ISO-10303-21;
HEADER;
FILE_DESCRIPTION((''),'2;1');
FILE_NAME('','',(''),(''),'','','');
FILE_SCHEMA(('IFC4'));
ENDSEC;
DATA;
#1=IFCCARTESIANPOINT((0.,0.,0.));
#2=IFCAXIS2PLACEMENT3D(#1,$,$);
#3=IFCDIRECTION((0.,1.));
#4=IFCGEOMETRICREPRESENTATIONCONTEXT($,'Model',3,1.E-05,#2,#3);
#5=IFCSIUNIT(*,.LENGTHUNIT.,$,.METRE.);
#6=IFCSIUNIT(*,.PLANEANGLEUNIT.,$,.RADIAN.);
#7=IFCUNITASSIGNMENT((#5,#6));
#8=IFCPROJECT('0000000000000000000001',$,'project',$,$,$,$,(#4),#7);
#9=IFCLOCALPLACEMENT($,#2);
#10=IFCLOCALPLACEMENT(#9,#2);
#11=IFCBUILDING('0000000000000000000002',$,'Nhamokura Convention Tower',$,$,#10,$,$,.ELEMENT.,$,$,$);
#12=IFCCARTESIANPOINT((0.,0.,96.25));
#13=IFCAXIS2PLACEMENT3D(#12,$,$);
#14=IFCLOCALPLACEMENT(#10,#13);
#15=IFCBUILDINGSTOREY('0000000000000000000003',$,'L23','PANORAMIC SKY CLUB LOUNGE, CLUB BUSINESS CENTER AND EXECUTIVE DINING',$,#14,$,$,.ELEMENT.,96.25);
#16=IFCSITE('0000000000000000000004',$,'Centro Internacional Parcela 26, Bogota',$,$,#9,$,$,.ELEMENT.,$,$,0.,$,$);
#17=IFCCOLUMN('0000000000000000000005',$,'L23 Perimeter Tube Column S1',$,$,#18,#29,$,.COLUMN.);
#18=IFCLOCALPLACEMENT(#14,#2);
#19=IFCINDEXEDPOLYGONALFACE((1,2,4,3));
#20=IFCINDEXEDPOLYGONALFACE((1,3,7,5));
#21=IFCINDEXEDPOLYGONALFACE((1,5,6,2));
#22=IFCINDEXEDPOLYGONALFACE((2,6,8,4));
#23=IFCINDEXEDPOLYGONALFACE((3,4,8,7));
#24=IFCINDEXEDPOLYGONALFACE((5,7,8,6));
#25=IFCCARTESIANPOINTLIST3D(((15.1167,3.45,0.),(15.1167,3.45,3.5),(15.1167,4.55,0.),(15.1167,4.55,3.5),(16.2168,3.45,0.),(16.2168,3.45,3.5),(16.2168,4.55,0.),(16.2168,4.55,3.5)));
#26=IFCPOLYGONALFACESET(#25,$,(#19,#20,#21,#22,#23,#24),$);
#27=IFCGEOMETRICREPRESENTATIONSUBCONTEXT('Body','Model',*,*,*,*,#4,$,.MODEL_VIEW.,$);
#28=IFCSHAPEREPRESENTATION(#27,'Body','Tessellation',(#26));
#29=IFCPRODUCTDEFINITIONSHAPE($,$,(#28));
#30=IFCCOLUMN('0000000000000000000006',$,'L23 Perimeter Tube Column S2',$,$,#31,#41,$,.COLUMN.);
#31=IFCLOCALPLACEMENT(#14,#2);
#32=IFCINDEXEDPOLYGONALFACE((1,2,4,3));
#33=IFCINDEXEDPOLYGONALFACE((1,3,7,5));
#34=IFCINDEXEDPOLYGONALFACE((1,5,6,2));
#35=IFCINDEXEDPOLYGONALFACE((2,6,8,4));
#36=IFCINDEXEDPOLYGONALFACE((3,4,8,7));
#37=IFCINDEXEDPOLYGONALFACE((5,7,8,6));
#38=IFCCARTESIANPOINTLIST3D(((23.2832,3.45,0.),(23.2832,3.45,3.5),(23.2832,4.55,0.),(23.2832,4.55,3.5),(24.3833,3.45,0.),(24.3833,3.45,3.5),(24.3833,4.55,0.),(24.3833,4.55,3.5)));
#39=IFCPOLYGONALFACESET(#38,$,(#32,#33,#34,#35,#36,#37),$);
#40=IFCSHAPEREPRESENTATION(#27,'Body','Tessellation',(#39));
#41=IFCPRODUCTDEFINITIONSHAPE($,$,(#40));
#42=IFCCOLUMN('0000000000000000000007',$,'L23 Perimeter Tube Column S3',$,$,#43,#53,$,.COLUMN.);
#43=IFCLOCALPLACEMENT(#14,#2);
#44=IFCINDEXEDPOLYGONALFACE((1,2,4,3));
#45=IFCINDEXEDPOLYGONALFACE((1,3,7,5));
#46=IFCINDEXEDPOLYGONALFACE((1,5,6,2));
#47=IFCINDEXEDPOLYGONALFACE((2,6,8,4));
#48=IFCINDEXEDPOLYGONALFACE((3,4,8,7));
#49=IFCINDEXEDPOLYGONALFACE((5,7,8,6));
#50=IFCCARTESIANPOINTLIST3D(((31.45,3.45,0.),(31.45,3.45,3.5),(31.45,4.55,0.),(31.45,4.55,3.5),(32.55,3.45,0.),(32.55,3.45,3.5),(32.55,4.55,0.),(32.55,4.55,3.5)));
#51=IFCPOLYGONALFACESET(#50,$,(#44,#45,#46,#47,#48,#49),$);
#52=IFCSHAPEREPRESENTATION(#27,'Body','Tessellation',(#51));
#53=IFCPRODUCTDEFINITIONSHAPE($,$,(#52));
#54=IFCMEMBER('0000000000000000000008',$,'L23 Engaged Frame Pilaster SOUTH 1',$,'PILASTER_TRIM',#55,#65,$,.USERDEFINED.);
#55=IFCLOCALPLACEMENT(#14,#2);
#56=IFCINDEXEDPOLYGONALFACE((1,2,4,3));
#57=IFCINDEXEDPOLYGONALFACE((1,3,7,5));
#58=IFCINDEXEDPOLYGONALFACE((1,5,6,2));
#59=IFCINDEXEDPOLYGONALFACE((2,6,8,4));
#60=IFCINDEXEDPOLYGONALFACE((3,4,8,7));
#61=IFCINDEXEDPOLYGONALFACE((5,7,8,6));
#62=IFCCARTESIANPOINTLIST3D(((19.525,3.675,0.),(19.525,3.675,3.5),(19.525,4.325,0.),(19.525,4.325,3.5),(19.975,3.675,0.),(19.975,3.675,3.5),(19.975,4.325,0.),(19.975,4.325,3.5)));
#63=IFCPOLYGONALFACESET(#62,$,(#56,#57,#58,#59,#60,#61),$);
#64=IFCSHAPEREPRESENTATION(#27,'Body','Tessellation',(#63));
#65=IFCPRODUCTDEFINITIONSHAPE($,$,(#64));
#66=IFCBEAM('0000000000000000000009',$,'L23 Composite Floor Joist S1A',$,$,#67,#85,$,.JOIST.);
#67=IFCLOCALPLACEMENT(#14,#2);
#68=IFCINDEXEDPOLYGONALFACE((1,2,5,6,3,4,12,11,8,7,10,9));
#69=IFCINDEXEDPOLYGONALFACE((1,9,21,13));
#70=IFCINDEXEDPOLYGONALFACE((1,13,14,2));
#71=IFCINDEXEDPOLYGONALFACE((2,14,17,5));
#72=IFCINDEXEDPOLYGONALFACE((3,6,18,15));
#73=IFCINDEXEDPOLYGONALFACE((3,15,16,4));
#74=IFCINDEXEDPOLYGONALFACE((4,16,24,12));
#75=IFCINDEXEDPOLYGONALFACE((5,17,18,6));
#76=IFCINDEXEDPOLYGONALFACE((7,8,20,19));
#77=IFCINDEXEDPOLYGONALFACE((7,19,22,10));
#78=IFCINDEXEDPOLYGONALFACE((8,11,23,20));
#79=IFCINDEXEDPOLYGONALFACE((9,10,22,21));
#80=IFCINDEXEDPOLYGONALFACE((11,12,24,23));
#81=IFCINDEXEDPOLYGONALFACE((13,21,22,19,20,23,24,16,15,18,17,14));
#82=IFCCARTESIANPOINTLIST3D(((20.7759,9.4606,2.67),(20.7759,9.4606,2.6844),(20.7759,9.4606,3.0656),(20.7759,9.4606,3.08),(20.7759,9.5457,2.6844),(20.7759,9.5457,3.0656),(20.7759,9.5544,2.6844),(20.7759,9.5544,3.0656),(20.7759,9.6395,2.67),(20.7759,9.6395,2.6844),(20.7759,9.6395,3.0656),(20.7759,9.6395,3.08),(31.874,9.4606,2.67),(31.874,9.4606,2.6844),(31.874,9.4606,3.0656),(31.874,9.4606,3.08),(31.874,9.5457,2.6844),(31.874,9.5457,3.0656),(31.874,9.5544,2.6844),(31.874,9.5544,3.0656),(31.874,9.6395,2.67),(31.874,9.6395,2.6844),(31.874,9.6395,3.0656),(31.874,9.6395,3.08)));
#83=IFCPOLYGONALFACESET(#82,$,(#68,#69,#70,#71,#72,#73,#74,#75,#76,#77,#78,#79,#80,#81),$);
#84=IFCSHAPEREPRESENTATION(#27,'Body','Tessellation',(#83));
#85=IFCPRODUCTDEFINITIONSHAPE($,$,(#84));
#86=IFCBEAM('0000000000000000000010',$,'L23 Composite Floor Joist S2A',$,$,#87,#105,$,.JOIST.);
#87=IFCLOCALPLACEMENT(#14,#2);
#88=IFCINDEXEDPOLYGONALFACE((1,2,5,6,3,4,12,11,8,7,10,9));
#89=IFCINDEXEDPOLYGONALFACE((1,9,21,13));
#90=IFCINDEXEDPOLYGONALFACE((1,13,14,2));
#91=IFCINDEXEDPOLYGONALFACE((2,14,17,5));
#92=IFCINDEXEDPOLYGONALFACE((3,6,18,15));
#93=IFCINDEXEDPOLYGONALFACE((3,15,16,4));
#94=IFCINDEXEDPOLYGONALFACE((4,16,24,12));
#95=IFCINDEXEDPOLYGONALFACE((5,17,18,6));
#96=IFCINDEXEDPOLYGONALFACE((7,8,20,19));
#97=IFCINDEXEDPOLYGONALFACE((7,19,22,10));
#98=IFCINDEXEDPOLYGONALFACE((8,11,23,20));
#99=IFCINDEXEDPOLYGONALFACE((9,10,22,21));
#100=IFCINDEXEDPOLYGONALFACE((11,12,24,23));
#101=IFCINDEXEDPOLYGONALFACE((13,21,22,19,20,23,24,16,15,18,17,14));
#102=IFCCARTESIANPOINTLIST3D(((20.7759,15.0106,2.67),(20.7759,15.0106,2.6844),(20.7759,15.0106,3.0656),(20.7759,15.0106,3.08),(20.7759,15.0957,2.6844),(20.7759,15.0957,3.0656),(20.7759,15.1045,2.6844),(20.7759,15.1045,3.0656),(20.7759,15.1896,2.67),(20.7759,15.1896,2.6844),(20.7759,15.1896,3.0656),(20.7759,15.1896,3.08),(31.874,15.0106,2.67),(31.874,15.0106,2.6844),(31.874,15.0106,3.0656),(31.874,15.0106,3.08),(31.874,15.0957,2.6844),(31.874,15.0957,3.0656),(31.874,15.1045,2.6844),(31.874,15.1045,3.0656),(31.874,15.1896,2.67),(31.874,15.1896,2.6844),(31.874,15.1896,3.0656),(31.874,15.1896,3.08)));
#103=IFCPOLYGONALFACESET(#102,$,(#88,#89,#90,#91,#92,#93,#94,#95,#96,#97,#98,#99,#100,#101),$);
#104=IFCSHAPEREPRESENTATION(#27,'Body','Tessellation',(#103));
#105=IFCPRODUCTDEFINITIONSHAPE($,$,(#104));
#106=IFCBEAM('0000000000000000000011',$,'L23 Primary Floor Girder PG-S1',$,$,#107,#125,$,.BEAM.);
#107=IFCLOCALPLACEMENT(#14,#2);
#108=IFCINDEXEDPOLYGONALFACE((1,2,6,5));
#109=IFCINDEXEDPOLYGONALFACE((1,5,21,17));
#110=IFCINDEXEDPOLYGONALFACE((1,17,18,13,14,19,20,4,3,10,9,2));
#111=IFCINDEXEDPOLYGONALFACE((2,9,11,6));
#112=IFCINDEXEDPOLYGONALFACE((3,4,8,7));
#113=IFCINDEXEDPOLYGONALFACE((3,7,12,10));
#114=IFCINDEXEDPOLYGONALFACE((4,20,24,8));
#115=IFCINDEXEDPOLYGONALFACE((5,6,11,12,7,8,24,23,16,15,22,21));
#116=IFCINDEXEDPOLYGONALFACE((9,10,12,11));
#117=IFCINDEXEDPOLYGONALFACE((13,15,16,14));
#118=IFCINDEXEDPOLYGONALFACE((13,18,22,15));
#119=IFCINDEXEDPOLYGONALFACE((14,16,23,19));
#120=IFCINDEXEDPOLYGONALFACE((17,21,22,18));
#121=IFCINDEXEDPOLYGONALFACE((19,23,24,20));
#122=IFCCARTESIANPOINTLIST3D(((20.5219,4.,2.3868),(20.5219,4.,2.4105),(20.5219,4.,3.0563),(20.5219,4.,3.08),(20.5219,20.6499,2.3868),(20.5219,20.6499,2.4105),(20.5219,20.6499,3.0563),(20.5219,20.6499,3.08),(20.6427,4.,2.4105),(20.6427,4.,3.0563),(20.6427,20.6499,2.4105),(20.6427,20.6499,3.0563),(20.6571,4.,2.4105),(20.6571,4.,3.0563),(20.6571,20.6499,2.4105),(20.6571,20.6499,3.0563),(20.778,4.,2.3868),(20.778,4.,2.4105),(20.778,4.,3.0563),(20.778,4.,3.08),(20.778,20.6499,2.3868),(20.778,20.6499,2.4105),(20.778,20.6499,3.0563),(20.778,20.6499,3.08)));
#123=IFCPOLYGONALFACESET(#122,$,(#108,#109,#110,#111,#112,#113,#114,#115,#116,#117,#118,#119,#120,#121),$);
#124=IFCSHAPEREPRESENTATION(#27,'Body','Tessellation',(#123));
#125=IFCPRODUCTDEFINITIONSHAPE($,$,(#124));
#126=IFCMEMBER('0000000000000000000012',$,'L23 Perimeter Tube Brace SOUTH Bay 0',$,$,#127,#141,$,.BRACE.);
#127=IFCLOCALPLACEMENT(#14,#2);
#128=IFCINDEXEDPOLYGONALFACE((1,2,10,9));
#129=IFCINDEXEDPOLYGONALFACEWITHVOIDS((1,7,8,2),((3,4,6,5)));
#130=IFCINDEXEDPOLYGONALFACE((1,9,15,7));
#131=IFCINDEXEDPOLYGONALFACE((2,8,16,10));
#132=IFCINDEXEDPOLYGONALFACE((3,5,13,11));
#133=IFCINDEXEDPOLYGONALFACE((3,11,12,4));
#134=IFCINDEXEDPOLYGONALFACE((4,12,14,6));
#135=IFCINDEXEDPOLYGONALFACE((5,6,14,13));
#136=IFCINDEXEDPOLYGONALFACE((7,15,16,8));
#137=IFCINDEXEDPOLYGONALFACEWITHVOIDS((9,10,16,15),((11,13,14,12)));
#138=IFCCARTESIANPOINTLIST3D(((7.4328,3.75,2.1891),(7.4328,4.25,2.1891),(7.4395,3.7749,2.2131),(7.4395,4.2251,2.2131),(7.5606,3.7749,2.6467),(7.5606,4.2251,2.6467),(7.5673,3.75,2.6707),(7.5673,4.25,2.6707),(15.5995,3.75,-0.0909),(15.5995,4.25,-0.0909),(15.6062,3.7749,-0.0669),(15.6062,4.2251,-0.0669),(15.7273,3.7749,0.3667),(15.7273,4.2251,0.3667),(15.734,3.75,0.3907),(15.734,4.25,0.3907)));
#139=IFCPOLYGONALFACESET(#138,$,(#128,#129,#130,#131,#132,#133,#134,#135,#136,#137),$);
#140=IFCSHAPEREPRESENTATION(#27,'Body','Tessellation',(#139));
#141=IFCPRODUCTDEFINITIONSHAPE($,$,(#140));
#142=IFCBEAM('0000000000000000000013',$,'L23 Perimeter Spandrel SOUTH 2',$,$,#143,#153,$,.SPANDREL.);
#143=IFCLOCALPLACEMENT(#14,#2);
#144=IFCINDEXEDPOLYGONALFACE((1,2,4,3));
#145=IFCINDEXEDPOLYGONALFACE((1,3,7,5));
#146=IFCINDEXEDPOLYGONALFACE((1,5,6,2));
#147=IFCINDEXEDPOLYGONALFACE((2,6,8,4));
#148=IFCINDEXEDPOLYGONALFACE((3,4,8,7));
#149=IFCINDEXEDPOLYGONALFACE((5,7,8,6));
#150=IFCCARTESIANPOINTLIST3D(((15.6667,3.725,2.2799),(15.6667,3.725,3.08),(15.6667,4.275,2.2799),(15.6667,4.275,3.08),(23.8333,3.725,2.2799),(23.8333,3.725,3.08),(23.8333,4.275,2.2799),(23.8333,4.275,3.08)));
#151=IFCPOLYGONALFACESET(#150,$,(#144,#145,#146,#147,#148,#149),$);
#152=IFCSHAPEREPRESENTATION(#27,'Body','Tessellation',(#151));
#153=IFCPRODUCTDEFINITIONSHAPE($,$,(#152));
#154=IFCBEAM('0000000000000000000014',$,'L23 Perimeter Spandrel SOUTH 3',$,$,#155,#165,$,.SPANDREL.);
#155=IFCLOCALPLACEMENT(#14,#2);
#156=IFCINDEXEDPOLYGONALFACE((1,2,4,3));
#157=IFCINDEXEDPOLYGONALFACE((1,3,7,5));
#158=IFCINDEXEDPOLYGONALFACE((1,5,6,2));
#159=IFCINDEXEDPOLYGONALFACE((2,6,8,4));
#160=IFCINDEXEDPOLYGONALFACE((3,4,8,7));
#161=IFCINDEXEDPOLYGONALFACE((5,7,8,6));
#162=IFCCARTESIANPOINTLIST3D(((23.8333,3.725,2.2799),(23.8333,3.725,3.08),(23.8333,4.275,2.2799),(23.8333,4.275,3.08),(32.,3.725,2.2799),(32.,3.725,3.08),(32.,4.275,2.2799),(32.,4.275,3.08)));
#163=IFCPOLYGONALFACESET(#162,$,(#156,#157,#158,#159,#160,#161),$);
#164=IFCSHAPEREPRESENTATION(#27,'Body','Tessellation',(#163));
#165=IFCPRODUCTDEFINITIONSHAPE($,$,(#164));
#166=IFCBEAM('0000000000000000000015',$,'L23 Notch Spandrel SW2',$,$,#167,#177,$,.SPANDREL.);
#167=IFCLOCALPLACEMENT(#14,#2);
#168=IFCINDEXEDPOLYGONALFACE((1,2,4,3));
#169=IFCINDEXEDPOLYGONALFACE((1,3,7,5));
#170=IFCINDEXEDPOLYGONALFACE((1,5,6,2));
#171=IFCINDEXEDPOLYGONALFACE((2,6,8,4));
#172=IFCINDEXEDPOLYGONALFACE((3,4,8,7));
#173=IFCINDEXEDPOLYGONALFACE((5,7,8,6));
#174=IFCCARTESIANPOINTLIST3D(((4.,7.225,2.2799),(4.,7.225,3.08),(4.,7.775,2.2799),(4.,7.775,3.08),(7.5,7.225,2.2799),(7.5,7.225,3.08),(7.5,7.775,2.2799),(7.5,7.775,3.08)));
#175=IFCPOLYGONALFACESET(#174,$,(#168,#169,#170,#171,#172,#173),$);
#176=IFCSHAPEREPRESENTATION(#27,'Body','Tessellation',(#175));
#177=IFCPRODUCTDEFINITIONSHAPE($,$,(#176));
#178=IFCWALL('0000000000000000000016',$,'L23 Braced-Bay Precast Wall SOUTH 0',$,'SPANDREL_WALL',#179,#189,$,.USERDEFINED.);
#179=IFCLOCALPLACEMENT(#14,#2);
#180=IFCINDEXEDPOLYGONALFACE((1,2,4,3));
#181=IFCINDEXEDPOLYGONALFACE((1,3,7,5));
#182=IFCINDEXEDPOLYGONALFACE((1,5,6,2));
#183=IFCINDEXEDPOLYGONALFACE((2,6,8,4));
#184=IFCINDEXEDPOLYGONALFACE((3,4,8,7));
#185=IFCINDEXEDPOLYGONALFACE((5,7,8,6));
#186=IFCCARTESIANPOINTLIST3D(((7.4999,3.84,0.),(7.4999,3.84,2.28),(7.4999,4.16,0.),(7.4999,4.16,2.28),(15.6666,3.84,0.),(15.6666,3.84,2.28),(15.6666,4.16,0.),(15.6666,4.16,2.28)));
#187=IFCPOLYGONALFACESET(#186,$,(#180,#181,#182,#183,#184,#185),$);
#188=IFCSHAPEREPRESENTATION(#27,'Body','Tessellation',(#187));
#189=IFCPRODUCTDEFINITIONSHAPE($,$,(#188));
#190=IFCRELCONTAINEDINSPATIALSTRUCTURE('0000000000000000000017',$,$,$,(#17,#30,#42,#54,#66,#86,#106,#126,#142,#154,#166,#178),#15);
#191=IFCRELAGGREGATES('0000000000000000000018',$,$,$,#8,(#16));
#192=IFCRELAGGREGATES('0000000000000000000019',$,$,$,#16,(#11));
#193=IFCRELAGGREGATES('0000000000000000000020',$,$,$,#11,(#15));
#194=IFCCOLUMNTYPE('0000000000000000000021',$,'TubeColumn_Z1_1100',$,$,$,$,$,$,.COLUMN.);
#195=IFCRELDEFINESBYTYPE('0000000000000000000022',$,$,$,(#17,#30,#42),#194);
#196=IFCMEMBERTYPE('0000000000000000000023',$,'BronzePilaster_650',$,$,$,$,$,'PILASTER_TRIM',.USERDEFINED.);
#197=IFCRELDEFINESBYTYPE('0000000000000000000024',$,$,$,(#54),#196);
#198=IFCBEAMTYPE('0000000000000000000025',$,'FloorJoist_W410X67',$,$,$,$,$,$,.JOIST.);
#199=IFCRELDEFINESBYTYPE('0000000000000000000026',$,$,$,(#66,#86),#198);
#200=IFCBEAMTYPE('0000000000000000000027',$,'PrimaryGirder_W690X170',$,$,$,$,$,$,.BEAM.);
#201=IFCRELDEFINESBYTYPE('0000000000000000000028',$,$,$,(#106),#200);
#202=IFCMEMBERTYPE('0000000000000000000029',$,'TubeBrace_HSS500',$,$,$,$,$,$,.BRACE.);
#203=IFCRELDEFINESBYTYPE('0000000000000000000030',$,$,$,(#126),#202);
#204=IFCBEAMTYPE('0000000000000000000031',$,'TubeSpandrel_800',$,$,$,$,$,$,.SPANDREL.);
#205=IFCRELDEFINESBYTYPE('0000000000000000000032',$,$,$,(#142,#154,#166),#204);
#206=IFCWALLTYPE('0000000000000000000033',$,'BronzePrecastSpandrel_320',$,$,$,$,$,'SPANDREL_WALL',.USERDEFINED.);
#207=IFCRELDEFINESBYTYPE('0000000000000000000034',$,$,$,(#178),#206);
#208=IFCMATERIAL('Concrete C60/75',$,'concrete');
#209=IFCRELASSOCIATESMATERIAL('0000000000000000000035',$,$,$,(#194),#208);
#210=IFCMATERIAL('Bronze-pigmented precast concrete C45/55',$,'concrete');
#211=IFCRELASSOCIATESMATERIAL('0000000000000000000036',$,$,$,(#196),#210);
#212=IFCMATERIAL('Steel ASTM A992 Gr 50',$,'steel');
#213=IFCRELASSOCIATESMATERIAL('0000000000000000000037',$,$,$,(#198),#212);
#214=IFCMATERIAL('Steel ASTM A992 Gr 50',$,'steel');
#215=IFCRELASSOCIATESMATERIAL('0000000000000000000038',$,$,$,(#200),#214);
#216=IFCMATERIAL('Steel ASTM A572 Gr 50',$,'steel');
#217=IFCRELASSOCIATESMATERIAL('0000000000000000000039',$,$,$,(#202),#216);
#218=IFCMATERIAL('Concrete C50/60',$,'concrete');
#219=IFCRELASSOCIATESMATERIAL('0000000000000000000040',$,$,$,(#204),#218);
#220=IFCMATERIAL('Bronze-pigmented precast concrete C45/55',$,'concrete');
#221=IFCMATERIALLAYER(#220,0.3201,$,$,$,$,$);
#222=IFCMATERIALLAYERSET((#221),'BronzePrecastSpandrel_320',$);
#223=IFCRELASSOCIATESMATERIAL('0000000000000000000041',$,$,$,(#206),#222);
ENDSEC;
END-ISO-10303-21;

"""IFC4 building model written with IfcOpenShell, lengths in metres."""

from ifc_helpers import new_model, si_unit, direction, frame, frame_2d, origin, origin_2d, place, context, subcontext, project, spatial, rectangle, hollow_rectangle, i_section, extrude, material, layer, layer_set, material_profile, profile_set, type_object, element, save


model = new_model("IFC4")

# Units and contexts
model_context = context("Model", 3, precision=1e-05, world=origin(), true_north=direction((0.0, 1.0)))
body_context = subcontext(model_context, "Body", "Model", "MODEL_VIEW")
ifc_project = project(units=[si_unit("LENGTHUNIT", "METRE"), si_unit("PLANEANGLEUNIT", "RADIAN")], contexts=[model_context])

# Site, building, storey
site_placement = place(None, origin())
site = spatial("IfcSite", under=ifc_project, at=site_placement, Name="Centro Internacional Parcela 26, Bogota", CompositionType="ELEMENT", RefElevation=0.0)
building_placement = place(site_placement, origin())
building = spatial("IfcBuilding", under=site, at=building_placement, Name="Nhamokura Convention Tower", CompositionType="ELEMENT")
storey_placement = place(building_placement, frame((0.0, 0.0, 96.25)))
storey = spatial("IfcBuildingStorey", under=building, at=storey_placement, Name="L23", Description="PANORAMIC SKY CLUB LOUNGE, CLUB BUSINESS CENTER AND EXECUTIVE DINING", CompositionType="ELEMENT", Elevation=96.25)

# Columns
ifc_material_1 = material(Name="Concrete C60/75", Category="concrete")
ifc_material_profile_1 = material_profile(ifc_material_1, rectangle(XDim=1.1001, YDim=1.1001, at=origin_2d()))
ifc_profile_set_1 = profile_set([ifc_material_profile_1], Name="Concrete C60/75")
column_type = type_object("IfcColumnType", Name="TubeColumn_Z1_1100", PredefinedType="COLUMN", material=ifc_profile_set_1)
for number, where, z_axis, x_axis, name in (
    (1, (15.6667, 4.0, 0.0), (0.0, 0.0, 1.0), (1.0, 0.0, 0.0), "L23 Perimeter Tube Column S1"),
    (2, (23.8333, 4.0, 0.0), (0.0, 0.0, 1.0), (1.0, 0.0, 0.0), "L23 Perimeter Tube Column S2"),
    (3, (32.0, 4.0, 0.0), (0.0, 0.0, 1.0), (1.0, 0.0, 0.0), "L23 Perimeter Tube Column S3"),
):
    element("IfcColumn", number, at=place(storey_placement, frame(where, z_axis=z_axis, x_axis=x_axis)), inside=storey, type_object=column_type, Name=name, PredefinedType="COLUMN", context=body_context, shape_type="SweptSolid", body=[
        extrude(rectangle(XDim=1.1001, YDim=1.1001, at=origin_2d()), origin(), (0.0, 0.0, 1.0), 3.5),
    ])

# Member
ifc_material_2 = material(Name="Bronze-pigmented precast concrete C45/55", Category="concrete")
ifc_material_profile_2 = material_profile(ifc_material_2, rectangle(XDim=0.45, YDim=0.6499, at=origin_2d()))
ifc_profile_set_2 = profile_set([ifc_material_profile_2], Name="Bronze-pigmented precast concrete C45/55")
member_type_1 = type_object("IfcMemberType", Name="BronzePilaster_650", ElementType="PILASTER_TRIM", PredefinedType="USERDEFINED", material=ifc_profile_set_2)
member_1_placement = place(storey_placement, frame((19.75, 4.0, 0.0), z_axis=(0.0, 0.0, 1.0), x_axis=(1.0, 0.0, 0.0)))
element("IfcMember", 4, at=member_1_placement, inside=storey, type_object=member_type_1, Name="L23 Engaged Frame Pilaster SOUTH 1", ObjectType="PILASTER_TRIM", PredefinedType="USERDEFINED", context=body_context, shape_type="SweptSolid", body=[
    extrude(rectangle(XDim=0.45, YDim=0.6499, at=origin_2d()), origin(), (0.0, 0.0, 1.0), 3.5),
])

# Beams
ifc_material_3 = material(Name="Steel ASTM A992 Gr 50", Category="steel")
ifc_material_profile_3 = material_profile(ifc_material_3, i_section(OverallWidth=0.179, OverallDepth=0.4099, WebThickness=0.0088, FlangeThickness=0.0144, at=origin_2d()))
ifc_profile_set_3 = profile_set([ifc_material_profile_3], Name="Steel ASTM A992 Gr 50")
beam_type_1 = type_object("IfcBeamType", Name="FloorJoist_W410X67", PredefinedType="JOIST", material=ifc_profile_set_3)
for number, where, z_axis, x_axis, name in (
    (5, (20.7759, 9.55, 2.875), (1.0, 0.0, 0.0), (0.0, 1.0, 0.0), "L23 Composite Floor Joist S1A"),
    (6, (20.7759, 15.1001, 2.875), (1.0, 0.0, 0.0), (0.0, 1.0, 0.0), "L23 Composite Floor Joist S2A"),
):
    element("IfcBeam", number, at=place(storey_placement, frame(where, z_axis=z_axis, x_axis=x_axis)), inside=storey, type_object=beam_type_1, Name=name, PredefinedType="JOIST", context=body_context, shape_type="SweptSolid", body=[
        extrude(i_section(OverallWidth=0.179, OverallDepth=0.4099, WebThickness=0.0088, FlangeThickness=0.0144, at=origin_2d()), origin(), (0.0, 0.0, 1.0), 11.0981),
    ])
ifc_material_4 = material(Name="Steel ASTM A992 Gr 50", Category="steel")
ifc_material_profile_4 = material_profile(ifc_material_4, i_section(OverallWidth=0.2561, OverallDepth=0.6931, WebThickness=0.0144, FlangeThickness=0.0237, at=origin_2d()))
ifc_profile_set_4 = profile_set([ifc_material_profile_4], Name="Steel ASTM A992 Gr 50")
beam_type_2 = type_object("IfcBeamType", Name="PrimaryGirder_W690X170", PredefinedType="BEAM", material=ifc_profile_set_4)
beam_1_placement = place(storey_placement, frame((20.6499, 4.0, 2.7334), z_axis=(0.0, 1.0, 0.0), x_axis=(-1.0, 0.0, 0.0)))
element("IfcBeam", 7, at=beam_1_placement, inside=storey, type_object=beam_type_2, Name="L23 Primary Floor Girder PG-S1", PredefinedType="BEAM", context=body_context, shape_type="SweptSolid", body=[
    extrude(i_section(OverallWidth=0.2561, OverallDepth=0.6931, WebThickness=0.0144, FlangeThickness=0.0237, at=origin_2d()), origin(), (0.0, 0.0, 1.0), 16.6499),
])

# Member
ifc_material_5 = material(Name="Steel ASTM A572 Gr 50", Category="steel")
ifc_material_profile_5 = material_profile(ifc_material_5, hollow_rectangle(XDim=0.5, YDim=0.5, WallThickness=0.0249, at=origin_2d()))
ifc_profile_set_5 = profile_set([ifc_material_profile_5], Name="Steel ASTM A572 Gr 50")
member_type_2 = type_object("IfcMemberType", Name="TubeBrace_HSS500", PredefinedType="BRACE", material=ifc_profile_set_5)
member_2_placement = place(storey_placement, frame((15.6667, 4.0, 0.1499), z_axis=(-0.963168, 0.0, 0.268901), x_axis=(0.0, -1.0, 0.0)))
element("IfcMember", 8, at=member_2_placement, inside=storey, type_object=member_type_2, Name="L23 Perimeter Tube Brace SOUTH Bay 0", PredefinedType="BRACE", context=body_context, shape_type="SweptSolid", body=[
    extrude(hollow_rectangle(XDim=0.5, YDim=0.5, WallThickness=0.0249, at=origin_2d()), origin(), (0.0, 0.0, 1.0), 8.479),
])

# Beams
ifc_material_6 = material(Name="Concrete C50/60", Category="concrete")
ifc_material_profile_6 = material_profile(ifc_material_6, rectangle(XDim=0.55, YDim=0.8, at=origin_2d()))
ifc_profile_set_6 = profile_set([ifc_material_profile_6], Name="Concrete C50/60")
beam_type_3 = type_object("IfcBeamType", Name="TubeSpandrel_800", PredefinedType="SPANDREL", material=ifc_profile_set_6)
beam_2_placement = place(storey_placement, frame((15.6667, 4.0, 2.6799), z_axis=(1.0, 0.0, 0.0), x_axis=(0.0, 1.0, 0.0)))
element("IfcBeam", 9, at=beam_2_placement, inside=storey, type_object=beam_type_3, Name="L23 Perimeter Spandrel SOUTH 2", PredefinedType="SPANDREL", context=body_context, shape_type="SweptSolid", body=[
    extrude(rectangle(XDim=0.55, YDim=0.8, at=origin_2d()), origin(), (0.0, 0.0, 1.0), 8.1665),
])
beam_3_placement = place(storey_placement, frame((23.8333, 4.0, 2.6799), z_axis=(1.0, 0.0, 0.0), x_axis=(0.0, 1.0, 0.0)))
element("IfcBeam", 10, at=beam_3_placement, inside=storey, type_object=beam_type_3, Name="L23 Perimeter Spandrel SOUTH 3", PredefinedType="SPANDREL", context=body_context, shape_type="SweptSolid", body=[
    extrude(rectangle(XDim=0.55, YDim=0.8, at=origin_2d()), origin(), (0.0, 0.0, 1.0), 8.1667),
])
beam_4_placement = place(storey_placement, frame((7.5, 7.5, 2.6799), z_axis=(-1.0, 0.0, 0.0), x_axis=(0.0, -1.0, 0.0)))
element("IfcBeam", 11, at=beam_4_placement, inside=storey, type_object=beam_type_3, Name="L23 Notch Spandrel SW2", PredefinedType="SPANDREL", context=body_context, shape_type="SweptSolid", body=[
    extrude(rectangle(XDim=0.55, YDim=0.8, at=origin_2d()), origin(), (0.0, 0.0, 1.0), 3.5),
])

# Wall
ifc_material_7 = material(Name="Bronze-pigmented precast concrete C45/55", Category="concrete")
ifc_layer_1 = layer(ifc_material_7, 0.3201)
ifc_layer_set_1 = layer_set([ifc_layer_1], Name="BronzePrecastSpandrel_320")
wall_type_1 = type_object("IfcWallType", Name="BronzePrecastSpandrel_320", ElementType="SPANDREL_WALL", PredefinedType="USERDEFINED", material=ifc_layer_set_1)
wall_1_placement = place(storey_placement, frame((15.6667, 4.0, 0.0), z_axis=(0.0, 0.0, 1.0), x_axis=(-1.0, 0.0, 0.0)))
element("IfcWall", 12, at=wall_1_placement, inside=storey, type_object=wall_type_1, Name="L23 Braced-Bay Precast Wall SOUTH 0", ObjectType="SPANDREL_WALL", PredefinedType="USERDEFINED", context=body_context, shape_type="SweptSolid", body=[
    extrude(rectangle(XDim=8.1667, YDim=0.3201, at=frame_2d((4.0835, 0.0))), origin(), (0.0, 0.0, 1.0), 2.28),
])

save(model, "model.ifc")
